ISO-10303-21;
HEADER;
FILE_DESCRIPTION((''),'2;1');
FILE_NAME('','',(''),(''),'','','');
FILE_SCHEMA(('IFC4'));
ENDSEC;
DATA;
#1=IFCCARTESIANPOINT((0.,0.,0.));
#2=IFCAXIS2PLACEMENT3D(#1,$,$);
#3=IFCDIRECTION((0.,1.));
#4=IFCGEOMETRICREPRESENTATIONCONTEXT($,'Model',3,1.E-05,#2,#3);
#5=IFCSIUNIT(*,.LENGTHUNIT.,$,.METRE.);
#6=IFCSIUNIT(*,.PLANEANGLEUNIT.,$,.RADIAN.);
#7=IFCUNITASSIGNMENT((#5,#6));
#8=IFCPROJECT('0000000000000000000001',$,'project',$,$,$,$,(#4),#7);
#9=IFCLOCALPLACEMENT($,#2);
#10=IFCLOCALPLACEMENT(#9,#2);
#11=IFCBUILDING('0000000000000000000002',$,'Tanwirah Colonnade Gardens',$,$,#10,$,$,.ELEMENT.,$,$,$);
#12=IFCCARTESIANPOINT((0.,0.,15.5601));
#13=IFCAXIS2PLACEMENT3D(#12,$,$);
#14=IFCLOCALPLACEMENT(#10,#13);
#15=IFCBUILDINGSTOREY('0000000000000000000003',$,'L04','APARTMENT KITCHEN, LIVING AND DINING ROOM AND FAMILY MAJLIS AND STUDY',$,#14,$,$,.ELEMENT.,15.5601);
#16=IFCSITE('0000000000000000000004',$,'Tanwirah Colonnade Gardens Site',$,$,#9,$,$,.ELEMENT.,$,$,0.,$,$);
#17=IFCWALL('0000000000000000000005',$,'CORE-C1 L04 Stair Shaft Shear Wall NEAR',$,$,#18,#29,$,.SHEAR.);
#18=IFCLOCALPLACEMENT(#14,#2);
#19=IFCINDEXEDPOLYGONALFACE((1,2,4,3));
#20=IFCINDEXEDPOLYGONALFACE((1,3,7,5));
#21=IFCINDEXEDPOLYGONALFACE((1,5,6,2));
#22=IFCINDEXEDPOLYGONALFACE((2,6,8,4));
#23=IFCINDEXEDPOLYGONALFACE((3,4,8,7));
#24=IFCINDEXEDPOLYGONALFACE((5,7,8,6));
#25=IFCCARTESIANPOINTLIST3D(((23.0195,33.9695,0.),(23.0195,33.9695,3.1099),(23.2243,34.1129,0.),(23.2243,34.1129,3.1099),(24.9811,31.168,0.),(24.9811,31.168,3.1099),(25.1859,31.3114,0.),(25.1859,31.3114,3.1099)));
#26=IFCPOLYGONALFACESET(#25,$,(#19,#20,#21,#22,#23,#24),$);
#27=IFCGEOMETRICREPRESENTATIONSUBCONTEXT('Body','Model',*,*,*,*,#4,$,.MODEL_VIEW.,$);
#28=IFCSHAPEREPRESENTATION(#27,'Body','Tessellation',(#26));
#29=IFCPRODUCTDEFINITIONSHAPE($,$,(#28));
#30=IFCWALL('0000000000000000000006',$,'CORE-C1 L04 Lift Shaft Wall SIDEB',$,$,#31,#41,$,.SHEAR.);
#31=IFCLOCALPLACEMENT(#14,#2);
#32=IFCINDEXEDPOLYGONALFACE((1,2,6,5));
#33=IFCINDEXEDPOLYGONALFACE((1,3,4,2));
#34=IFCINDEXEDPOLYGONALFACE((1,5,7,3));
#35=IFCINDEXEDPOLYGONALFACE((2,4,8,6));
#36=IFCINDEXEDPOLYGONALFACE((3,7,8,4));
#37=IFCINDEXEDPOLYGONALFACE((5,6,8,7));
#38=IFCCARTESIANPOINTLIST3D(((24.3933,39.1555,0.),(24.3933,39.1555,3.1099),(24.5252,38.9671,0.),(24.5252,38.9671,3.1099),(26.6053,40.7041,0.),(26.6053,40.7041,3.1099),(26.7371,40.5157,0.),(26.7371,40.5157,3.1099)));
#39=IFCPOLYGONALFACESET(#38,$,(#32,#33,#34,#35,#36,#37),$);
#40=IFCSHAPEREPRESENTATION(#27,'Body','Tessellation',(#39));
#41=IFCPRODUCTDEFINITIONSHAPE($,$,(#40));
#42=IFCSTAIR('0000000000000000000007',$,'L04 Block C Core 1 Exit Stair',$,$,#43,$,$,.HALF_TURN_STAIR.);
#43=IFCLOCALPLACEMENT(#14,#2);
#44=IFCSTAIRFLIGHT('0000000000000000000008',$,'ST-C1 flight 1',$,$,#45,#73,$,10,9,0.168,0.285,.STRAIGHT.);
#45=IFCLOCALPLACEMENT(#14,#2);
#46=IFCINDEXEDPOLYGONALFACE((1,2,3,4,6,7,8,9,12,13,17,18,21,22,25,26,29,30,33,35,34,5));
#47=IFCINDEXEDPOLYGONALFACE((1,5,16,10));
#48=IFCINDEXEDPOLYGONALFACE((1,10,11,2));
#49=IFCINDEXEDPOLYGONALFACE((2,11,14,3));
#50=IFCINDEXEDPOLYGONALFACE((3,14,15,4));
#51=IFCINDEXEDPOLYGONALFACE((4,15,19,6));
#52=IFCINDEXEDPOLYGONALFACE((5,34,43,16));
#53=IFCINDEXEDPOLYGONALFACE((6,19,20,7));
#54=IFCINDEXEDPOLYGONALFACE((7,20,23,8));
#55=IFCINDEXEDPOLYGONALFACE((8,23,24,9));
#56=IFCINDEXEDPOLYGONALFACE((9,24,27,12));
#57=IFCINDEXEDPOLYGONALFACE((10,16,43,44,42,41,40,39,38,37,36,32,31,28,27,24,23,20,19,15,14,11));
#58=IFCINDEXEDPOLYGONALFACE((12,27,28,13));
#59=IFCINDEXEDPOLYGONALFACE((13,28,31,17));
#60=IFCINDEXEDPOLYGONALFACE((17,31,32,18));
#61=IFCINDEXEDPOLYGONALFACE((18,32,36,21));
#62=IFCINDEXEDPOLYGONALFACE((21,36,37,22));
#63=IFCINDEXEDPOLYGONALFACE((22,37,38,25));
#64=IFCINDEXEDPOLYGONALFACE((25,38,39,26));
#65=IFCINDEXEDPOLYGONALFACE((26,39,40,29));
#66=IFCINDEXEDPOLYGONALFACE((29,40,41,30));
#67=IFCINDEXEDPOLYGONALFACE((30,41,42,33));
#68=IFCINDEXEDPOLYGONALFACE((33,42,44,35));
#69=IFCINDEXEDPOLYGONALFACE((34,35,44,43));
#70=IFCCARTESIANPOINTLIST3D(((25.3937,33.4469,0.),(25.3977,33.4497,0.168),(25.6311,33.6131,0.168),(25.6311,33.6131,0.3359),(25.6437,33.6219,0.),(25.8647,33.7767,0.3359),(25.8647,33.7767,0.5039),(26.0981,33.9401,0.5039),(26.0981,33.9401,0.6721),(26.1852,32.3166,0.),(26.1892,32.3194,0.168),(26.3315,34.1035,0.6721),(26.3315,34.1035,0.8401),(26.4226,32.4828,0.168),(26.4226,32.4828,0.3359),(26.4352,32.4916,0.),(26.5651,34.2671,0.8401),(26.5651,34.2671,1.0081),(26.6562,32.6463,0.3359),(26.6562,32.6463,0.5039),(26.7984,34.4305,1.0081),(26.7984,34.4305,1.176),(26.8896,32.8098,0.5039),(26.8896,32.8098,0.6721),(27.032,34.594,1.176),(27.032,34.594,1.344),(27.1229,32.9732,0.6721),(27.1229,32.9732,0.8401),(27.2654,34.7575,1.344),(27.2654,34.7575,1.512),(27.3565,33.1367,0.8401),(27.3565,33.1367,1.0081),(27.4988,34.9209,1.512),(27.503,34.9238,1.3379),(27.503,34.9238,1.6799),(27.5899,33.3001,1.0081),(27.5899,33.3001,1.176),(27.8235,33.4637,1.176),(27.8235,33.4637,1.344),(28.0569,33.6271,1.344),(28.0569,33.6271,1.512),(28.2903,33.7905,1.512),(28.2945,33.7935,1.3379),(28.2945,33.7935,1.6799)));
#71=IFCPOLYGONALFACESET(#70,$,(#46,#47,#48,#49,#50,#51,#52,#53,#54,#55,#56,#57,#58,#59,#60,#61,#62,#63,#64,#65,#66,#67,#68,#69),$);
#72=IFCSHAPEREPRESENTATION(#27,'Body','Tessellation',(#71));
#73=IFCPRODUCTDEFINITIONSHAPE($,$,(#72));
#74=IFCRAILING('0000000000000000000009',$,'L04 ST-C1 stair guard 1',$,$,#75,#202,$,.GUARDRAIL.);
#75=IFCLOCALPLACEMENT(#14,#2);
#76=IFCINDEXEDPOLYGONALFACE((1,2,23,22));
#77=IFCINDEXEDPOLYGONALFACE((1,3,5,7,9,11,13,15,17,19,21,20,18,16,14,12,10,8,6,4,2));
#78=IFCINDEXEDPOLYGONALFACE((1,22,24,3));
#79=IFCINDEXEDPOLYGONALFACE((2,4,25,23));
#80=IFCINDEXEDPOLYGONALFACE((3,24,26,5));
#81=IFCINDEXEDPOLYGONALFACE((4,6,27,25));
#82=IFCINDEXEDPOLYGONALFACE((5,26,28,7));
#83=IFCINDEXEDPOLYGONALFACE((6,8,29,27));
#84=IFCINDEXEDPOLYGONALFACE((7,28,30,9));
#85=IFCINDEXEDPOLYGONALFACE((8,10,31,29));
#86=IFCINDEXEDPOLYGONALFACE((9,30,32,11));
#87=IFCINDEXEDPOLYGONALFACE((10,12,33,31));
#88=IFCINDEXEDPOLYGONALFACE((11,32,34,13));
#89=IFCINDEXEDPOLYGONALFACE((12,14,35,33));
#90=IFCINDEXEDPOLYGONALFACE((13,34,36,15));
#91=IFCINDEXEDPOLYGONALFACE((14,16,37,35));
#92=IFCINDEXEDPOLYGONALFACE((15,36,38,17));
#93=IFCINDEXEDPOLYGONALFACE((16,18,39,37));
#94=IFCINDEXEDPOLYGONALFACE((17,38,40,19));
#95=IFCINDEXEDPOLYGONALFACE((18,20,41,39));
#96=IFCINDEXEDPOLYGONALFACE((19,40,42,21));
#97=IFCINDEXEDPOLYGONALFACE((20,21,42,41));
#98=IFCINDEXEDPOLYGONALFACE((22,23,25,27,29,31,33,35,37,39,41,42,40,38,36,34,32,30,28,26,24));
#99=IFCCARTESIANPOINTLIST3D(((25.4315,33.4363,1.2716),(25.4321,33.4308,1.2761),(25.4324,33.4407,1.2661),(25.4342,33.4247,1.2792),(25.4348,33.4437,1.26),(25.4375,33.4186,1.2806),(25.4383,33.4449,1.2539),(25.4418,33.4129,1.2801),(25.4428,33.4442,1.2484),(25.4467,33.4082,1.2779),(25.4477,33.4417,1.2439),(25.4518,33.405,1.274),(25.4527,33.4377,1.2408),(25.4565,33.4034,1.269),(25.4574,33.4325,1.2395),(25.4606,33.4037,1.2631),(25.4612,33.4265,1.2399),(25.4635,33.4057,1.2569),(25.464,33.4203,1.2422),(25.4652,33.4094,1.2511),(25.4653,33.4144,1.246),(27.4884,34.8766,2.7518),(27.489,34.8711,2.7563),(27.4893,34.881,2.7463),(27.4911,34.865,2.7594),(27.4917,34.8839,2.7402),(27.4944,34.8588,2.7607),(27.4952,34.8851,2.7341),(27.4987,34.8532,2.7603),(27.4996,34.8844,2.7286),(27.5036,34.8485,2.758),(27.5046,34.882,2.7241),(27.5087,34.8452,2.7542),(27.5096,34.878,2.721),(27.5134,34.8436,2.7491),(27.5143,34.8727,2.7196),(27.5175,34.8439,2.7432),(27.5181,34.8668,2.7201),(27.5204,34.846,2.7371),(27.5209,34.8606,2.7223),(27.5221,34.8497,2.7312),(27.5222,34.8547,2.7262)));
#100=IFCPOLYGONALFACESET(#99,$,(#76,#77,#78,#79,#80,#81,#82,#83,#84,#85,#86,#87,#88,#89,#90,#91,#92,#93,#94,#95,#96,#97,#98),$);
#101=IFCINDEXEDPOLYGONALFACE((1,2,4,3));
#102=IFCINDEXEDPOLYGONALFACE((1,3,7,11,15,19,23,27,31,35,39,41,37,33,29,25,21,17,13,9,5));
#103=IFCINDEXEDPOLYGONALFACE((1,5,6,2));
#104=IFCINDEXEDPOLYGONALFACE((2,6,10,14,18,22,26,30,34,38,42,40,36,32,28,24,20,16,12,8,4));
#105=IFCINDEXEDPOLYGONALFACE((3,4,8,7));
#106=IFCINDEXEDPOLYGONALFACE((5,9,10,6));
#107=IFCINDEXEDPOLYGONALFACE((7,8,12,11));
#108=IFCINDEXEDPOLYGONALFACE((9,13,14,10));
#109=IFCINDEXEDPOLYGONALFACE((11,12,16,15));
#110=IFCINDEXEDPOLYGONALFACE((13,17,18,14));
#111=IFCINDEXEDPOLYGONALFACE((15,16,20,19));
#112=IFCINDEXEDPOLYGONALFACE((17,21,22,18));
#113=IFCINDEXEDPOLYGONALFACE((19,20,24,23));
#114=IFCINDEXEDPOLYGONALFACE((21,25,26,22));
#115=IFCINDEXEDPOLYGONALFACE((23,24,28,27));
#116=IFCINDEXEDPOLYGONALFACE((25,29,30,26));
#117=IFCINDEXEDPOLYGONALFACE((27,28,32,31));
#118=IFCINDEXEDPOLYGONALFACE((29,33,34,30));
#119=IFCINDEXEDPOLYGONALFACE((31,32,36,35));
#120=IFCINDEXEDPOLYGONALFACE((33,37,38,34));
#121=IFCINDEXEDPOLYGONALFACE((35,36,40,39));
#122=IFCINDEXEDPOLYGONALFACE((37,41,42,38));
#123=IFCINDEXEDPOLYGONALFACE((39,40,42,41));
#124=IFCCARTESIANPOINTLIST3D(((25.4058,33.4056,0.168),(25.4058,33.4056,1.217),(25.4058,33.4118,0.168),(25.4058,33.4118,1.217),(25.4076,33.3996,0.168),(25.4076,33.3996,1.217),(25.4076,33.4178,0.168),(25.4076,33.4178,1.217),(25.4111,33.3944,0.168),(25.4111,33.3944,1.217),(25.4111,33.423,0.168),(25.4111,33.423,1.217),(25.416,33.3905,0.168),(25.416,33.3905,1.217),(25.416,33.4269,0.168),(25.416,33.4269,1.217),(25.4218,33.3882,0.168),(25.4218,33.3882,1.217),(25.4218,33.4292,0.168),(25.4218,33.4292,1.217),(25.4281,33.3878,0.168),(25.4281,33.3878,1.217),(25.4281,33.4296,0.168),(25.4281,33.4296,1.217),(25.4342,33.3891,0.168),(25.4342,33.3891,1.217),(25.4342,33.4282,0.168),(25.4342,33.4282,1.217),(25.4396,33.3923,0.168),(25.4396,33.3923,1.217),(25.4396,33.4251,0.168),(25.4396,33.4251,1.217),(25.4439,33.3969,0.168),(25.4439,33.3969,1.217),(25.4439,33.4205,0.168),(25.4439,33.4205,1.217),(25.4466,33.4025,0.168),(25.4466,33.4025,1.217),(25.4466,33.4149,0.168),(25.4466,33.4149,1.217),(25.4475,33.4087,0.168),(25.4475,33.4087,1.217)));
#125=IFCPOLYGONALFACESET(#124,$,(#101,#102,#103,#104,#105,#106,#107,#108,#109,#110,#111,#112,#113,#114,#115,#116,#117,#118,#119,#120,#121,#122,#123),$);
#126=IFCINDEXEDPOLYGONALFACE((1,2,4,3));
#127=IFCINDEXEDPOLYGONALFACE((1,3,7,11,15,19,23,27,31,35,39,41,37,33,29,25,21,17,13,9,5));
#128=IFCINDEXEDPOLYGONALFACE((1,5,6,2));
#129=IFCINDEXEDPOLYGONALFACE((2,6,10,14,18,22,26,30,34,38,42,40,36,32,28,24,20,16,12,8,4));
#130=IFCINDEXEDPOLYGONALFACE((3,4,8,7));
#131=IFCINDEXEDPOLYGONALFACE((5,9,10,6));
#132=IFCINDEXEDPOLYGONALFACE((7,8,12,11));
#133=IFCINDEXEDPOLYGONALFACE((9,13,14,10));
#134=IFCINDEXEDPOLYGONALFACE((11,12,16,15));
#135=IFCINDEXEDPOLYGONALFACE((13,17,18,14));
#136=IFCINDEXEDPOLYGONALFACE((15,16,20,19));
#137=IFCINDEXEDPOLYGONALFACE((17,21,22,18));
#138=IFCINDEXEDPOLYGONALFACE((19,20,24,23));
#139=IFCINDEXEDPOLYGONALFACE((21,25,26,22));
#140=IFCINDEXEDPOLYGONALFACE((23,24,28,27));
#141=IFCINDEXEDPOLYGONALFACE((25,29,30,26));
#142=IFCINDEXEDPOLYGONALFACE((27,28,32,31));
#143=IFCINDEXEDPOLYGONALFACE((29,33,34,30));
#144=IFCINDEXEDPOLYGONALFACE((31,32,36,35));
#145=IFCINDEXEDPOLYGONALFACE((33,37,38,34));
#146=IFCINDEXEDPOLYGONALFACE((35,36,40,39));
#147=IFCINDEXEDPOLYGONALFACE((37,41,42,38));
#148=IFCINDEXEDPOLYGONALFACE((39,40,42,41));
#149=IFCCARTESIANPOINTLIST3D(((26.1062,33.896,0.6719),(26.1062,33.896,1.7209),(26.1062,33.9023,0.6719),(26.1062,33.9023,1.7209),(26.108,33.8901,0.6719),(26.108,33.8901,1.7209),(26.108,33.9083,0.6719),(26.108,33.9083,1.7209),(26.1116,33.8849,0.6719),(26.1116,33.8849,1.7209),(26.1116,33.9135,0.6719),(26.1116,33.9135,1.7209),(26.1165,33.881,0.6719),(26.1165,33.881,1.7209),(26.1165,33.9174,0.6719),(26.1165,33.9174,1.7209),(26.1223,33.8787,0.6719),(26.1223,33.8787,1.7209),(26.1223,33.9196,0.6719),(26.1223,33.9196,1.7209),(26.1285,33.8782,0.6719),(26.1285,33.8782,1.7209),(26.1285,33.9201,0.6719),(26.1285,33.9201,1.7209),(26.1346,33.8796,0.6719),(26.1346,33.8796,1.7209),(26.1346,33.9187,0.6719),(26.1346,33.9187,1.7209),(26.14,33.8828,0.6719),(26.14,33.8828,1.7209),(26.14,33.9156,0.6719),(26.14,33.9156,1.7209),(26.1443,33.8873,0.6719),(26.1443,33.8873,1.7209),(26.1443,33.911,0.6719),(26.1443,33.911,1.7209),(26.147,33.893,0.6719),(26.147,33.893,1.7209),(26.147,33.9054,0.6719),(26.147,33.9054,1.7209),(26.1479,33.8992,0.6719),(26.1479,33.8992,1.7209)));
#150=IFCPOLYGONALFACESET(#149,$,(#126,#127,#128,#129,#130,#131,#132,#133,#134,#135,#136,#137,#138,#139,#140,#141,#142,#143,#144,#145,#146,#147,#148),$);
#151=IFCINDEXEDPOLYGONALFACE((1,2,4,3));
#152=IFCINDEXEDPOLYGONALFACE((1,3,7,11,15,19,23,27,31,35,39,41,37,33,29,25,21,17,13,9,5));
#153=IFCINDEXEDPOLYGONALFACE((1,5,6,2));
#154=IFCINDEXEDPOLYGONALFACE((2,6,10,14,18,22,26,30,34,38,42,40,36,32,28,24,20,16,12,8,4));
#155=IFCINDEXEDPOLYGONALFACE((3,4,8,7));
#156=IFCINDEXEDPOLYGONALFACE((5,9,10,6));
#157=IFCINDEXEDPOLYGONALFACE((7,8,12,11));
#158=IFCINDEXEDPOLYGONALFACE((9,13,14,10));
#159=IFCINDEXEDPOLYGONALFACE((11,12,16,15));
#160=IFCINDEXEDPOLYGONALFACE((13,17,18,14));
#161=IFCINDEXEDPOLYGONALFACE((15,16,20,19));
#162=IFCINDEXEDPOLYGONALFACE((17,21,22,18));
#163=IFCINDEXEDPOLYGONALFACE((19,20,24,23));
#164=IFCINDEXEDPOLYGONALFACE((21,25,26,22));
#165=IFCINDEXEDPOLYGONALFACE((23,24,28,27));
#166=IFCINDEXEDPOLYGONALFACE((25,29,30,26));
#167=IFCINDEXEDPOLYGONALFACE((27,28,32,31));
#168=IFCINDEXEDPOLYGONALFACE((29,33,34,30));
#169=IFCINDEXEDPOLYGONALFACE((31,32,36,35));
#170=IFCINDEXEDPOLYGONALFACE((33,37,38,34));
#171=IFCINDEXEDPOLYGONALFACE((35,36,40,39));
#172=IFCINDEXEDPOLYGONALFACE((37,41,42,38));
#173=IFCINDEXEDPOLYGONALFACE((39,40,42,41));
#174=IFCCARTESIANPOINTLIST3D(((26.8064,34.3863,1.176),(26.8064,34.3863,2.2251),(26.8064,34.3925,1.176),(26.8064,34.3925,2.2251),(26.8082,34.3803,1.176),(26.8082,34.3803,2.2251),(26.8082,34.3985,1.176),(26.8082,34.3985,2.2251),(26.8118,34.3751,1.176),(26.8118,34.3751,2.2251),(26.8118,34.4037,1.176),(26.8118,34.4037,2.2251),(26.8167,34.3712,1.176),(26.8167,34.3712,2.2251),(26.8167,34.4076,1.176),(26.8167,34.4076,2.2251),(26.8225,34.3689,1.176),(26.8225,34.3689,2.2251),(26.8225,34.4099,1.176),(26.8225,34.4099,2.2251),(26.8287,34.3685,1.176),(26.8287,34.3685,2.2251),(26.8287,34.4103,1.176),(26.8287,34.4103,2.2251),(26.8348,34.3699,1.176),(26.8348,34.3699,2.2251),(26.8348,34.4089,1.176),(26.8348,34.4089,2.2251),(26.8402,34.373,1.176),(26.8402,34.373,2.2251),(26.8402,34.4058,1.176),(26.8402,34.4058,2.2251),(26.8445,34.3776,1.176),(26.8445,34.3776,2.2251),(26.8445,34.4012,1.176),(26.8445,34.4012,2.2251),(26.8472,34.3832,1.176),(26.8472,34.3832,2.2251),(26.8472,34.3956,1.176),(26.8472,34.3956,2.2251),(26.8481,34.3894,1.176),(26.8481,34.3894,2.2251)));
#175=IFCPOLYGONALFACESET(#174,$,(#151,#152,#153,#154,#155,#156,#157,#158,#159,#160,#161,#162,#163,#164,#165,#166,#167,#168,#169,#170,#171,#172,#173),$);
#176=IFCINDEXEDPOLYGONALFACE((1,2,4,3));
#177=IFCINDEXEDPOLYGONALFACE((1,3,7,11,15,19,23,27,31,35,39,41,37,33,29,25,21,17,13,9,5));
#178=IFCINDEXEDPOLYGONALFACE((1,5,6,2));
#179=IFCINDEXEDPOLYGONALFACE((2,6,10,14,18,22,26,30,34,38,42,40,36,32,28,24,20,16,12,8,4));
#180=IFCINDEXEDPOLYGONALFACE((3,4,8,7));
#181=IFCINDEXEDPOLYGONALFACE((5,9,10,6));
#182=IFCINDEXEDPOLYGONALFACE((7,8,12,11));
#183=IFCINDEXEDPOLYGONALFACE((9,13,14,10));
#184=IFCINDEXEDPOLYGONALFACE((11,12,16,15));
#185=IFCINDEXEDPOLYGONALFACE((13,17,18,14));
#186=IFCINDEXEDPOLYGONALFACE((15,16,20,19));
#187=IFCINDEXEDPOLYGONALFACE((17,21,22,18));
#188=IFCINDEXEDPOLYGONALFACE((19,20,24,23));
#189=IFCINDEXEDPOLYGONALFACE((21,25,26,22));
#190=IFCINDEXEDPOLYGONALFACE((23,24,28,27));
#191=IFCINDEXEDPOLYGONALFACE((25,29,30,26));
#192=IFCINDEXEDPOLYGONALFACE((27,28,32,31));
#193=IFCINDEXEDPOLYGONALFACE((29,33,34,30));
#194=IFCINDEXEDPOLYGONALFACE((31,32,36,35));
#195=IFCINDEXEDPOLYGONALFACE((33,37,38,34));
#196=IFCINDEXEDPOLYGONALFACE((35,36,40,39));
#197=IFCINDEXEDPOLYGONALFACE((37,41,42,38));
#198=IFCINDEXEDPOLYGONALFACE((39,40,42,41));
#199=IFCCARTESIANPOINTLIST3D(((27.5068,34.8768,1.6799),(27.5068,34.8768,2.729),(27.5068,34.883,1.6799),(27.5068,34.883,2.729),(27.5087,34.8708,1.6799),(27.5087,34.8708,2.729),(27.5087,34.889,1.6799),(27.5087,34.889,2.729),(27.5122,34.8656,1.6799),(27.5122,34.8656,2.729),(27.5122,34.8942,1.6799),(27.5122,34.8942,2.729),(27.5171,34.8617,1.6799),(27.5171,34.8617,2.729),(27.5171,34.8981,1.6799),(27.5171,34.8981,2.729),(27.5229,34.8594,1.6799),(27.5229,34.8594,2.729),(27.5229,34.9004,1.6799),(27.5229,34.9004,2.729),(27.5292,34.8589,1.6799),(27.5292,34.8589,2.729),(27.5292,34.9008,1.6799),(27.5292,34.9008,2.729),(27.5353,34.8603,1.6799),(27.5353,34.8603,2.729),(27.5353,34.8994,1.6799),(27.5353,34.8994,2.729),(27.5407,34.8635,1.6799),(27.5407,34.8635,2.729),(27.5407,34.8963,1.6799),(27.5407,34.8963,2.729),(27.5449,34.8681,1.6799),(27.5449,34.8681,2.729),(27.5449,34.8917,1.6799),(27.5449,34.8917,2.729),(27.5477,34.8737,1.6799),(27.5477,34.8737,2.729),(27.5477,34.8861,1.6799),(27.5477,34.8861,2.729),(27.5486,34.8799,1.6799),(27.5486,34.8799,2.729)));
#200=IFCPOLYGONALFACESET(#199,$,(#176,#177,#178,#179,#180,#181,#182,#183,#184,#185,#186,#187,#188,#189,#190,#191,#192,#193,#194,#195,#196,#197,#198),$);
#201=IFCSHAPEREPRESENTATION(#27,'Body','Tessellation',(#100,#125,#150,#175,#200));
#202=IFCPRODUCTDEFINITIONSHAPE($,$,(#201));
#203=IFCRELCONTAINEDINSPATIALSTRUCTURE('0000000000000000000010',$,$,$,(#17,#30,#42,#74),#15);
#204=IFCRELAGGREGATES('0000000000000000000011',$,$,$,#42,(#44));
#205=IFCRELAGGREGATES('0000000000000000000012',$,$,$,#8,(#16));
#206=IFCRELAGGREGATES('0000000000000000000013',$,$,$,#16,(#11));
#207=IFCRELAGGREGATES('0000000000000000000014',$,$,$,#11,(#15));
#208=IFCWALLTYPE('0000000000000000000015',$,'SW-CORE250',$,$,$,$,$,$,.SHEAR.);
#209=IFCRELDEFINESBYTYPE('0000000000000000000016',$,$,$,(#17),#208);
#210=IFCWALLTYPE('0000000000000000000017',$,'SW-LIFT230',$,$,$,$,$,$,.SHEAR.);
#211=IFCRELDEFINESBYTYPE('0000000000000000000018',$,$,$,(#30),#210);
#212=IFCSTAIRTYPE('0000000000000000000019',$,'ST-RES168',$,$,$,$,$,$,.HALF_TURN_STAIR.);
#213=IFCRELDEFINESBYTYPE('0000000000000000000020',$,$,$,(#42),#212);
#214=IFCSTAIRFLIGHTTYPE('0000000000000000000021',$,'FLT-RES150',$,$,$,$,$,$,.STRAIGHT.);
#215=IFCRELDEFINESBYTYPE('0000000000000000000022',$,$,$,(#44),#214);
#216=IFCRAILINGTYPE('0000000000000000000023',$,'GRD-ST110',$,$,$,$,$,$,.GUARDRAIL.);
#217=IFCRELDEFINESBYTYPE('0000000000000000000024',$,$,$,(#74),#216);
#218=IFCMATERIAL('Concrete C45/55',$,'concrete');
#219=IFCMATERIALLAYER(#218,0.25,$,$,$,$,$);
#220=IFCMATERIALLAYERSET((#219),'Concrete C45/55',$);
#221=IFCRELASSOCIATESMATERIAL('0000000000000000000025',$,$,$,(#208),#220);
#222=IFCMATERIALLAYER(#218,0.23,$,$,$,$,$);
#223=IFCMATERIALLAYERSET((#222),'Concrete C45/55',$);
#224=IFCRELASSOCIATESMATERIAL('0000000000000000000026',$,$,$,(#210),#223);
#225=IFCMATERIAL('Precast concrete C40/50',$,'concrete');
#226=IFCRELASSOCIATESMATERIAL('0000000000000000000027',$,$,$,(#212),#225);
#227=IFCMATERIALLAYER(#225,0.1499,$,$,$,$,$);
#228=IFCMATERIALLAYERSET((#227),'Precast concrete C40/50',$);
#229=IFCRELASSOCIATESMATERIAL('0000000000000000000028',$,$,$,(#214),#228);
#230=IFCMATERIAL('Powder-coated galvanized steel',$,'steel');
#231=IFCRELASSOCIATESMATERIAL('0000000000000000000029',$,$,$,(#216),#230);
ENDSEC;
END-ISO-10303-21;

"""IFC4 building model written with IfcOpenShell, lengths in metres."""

from ifc_helpers import new_model, si_unit, direction, frame, frame_2d, origin, origin_2d, place, context, subcontext, project, spatial, polyline, rectangle, circle, outline, extrude, material, layer, layer_set, type_object, element, aggregate, save


model = new_model("IFC4")

# Units and contexts
model_context = context("Model", 3, precision=1e-05, world=origin(), true_north=direction((0.0, 1.0)))
body_context = subcontext(model_context, "Body", "Model", "MODEL_VIEW")
ifc_project = project(units=[si_unit("LENGTHUNIT", "METRE"), si_unit("PLANEANGLEUNIT", "RADIAN")], contexts=[model_context])

# Site, building, storey
site_placement = place(None, origin())
site = spatial("IfcSite", under=ifc_project, at=site_placement, Name="Tanwirah Colonnade Gardens Site", CompositionType="ELEMENT", RefElevation=0.0)
building_placement = place(site_placement, origin())
building = spatial("IfcBuilding", under=site, at=building_placement, Name="Tanwirah Colonnade Gardens", CompositionType="ELEMENT")
storey_placement = place(building_placement, frame((0.0, 0.0, 15.5601)))
storey = spatial("IfcBuildingStorey", under=building, at=storey_placement, Name="L04", Description="APARTMENT KITCHEN, LIVING AND DINING ROOM AND FAMILY MAJLIS AND STUDY", CompositionType="ELEMENT", Elevation=15.5601)

# Shared definitions
ifc_material_1 = material(Name="Precast concrete C40/50", Category="concrete")

# Wall
ifc_material_2 = material(Name="Concrete C45/55", Category="concrete")
ifc_layer_1 = layer(ifc_material_2, 0.25)
ifc_layer_set_1 = layer_set([ifc_layer_1], Name="Concrete C45/55")
wall_type_1 = type_object("IfcWallType", Name="SW-CORE250", PredefinedType="SHEAR", material=ifc_layer_set_1)
wall_1_placement = place(storey_placement, frame((25.0835, 31.2397, 0.0), z_axis=(0.0, 0.0, 1.0), x_axis=(-0.573582, 0.819148, 0.0)))
element("IfcWall", 1, at=wall_1_placement, inside=storey, type_object=wall_type_1, Name="CORE-C1 L04 Stair Shaft Shear Wall NEAR", PredefinedType="SHEAR", context=body_context, shape_type="SweptSolid", body=[
    extrude(rectangle(XDim=3.4199, YDim=0.25, at=frame_2d((1.71, 0.0))), origin(), (0.0, 0.0, 1.0), 3.1099),
])

# Shared definitions
ifc_layer_2 = layer(ifc_material_2, 0.23)
ifc_layer_set_2 = layer_set([ifc_layer_2], Name="Concrete C45/55")
wall_type_2 = type_object("IfcWallType", Name="SW-LIFT230", PredefinedType="SHEAR", material=ifc_layer_set_2)

# Wall
wall_2_placement = place(storey_placement, frame((24.4592, 39.0613, 0.0), z_axis=(0.0, 0.0, 1.0), x_axis=(0.819189, 0.573523, 0.0)))
element("IfcWall", 2, at=wall_2_placement, inside=storey, type_object=wall_type_2, Name="CORE-C1 L04 Lift Shaft Wall SIDEB", PredefinedType="SHEAR", context=body_context, shape_type="SweptSolid", body=[
    extrude(rectangle(XDim=2.7002, YDim=0.23, at=frame_2d((1.3501, 0.0))), origin(), (0.0, 0.0, 1.0), 3.1099),
])

# Stair, stair flight
stair_type = type_object("IfcStairType", Name="ST-RES168", PredefinedType="HALF_TURN_STAIR", material=ifc_material_1)
stair_placement = place(storey_placement, origin())
stair = element("IfcStair", 3, at=stair_placement, inside=storey, type_object=stair_type, Name="L04 Block C Core 1 Exit Stair", PredefinedType="HALF_TURN_STAIR")
ifc_layer_3 = layer(ifc_material_1, 0.1499)
ifc_layer_set_3 = layer_set([ifc_layer_3], Name="Precast concrete C40/50")
stair_flight_type = type_object("IfcStairFlightType", Name="FLT-RES150", PredefinedType="STRAIGHT", material=ifc_layer_set_3)
stair_flight_placement = place(storey_placement, frame((25.7935, 32.8845, 0.0), z_axis=(0.0, 0.0, 1.0), x_axis=(0.819152, 0.573576, 0.0)))
stair_flight = element("IfcStairFlight", 4, at=stair_flight_placement, type_object=stair_flight_type, Name="ST-C1 flight 1", NumberOfRisers=10, NumberOfTreads=9, PredefinedType="STRAIGHT", RiserHeight=0.168, TreadLength=0.285, context=body_context, shape_type="SweptSolid", body=[
    extrude(outline(polyline([(-0.0049, 0.0), (0.0, 0.168), (0.2849, 0.168), (0.2849, 0.3359), (0.5701, 0.3359), (0.5701, 0.5039), (0.855, 0.5039), (0.855, 0.6721), (1.1399, 0.6721), (1.1399, 0.8401), (1.425, 0.8401), (1.425, 1.0081), (1.71, 1.0081), (1.71, 1.176), (1.9951, 1.176), (1.9951, 1.344), (2.28, 1.344), (2.28, 1.512), (2.5649, 1.512), (2.5701, 1.6799), (2.5701, 1.3379), (0.3003, 0.0), (-0.0049, 0.0)])), frame((0.0, 0.6899, 0.0), z_axis=(0.0, -1.0, 0.0), x_axis=(1.0, 0.0, 0.0)), (0.0, 0.0, 1.0), 1.3799),
])
aggregate(stair, [stair_flight])

# Railing
ifc_material_3 = material(Name="Powder-coated galvanized steel", Category="steel")
railing_type_1 = type_object("IfcRailingType", Name="GRD-ST110", PredefinedType="GUARDRAIL", material=ifc_material_3)
railing_1_placement = place(storey_placement, frame((25.4265, 33.4087, 0.168)))
element("IfcRailing", 5, at=railing_1_placement, inside=storey, type_object=railing_type_1, Name="L04 ST-C1 stair guard 1", PredefinedType="GUARDRAIL", context=body_context, shape_type="SweptSolid", body=[
    extrude(circle(Radius=0.0239, at=origin_2d()), frame((0.022, 0.0154, 1.092), z_axis=(0.705673, 0.494118, 0.507812), x_axis=(-0.573577, 0.819151, 0.0)), (0.0, 0.0, 1.0), 2.9148),
    extrude(circle(Radius=0.021, at=origin_2d()), origin(), (0.0, 0.0, 1.0), 1.0491),
    extrude(circle(Radius=0.021, at=origin_2d()), frame((0.7004, 0.4905, 0.5039)), (0.0, 0.0, 1.0), 1.0491),
    extrude(circle(Radius=0.021, at=origin_2d()), frame((1.4006, 0.9807, 1.0081)), (0.0, 0.0, 1.0), 1.0491),
    extrude(circle(Radius=0.021, at=origin_2d()), frame((2.1011, 1.4712, 1.512)), (0.0, 0.0, 1.0), 1.0491),
])

save(model, "model.ifc")
